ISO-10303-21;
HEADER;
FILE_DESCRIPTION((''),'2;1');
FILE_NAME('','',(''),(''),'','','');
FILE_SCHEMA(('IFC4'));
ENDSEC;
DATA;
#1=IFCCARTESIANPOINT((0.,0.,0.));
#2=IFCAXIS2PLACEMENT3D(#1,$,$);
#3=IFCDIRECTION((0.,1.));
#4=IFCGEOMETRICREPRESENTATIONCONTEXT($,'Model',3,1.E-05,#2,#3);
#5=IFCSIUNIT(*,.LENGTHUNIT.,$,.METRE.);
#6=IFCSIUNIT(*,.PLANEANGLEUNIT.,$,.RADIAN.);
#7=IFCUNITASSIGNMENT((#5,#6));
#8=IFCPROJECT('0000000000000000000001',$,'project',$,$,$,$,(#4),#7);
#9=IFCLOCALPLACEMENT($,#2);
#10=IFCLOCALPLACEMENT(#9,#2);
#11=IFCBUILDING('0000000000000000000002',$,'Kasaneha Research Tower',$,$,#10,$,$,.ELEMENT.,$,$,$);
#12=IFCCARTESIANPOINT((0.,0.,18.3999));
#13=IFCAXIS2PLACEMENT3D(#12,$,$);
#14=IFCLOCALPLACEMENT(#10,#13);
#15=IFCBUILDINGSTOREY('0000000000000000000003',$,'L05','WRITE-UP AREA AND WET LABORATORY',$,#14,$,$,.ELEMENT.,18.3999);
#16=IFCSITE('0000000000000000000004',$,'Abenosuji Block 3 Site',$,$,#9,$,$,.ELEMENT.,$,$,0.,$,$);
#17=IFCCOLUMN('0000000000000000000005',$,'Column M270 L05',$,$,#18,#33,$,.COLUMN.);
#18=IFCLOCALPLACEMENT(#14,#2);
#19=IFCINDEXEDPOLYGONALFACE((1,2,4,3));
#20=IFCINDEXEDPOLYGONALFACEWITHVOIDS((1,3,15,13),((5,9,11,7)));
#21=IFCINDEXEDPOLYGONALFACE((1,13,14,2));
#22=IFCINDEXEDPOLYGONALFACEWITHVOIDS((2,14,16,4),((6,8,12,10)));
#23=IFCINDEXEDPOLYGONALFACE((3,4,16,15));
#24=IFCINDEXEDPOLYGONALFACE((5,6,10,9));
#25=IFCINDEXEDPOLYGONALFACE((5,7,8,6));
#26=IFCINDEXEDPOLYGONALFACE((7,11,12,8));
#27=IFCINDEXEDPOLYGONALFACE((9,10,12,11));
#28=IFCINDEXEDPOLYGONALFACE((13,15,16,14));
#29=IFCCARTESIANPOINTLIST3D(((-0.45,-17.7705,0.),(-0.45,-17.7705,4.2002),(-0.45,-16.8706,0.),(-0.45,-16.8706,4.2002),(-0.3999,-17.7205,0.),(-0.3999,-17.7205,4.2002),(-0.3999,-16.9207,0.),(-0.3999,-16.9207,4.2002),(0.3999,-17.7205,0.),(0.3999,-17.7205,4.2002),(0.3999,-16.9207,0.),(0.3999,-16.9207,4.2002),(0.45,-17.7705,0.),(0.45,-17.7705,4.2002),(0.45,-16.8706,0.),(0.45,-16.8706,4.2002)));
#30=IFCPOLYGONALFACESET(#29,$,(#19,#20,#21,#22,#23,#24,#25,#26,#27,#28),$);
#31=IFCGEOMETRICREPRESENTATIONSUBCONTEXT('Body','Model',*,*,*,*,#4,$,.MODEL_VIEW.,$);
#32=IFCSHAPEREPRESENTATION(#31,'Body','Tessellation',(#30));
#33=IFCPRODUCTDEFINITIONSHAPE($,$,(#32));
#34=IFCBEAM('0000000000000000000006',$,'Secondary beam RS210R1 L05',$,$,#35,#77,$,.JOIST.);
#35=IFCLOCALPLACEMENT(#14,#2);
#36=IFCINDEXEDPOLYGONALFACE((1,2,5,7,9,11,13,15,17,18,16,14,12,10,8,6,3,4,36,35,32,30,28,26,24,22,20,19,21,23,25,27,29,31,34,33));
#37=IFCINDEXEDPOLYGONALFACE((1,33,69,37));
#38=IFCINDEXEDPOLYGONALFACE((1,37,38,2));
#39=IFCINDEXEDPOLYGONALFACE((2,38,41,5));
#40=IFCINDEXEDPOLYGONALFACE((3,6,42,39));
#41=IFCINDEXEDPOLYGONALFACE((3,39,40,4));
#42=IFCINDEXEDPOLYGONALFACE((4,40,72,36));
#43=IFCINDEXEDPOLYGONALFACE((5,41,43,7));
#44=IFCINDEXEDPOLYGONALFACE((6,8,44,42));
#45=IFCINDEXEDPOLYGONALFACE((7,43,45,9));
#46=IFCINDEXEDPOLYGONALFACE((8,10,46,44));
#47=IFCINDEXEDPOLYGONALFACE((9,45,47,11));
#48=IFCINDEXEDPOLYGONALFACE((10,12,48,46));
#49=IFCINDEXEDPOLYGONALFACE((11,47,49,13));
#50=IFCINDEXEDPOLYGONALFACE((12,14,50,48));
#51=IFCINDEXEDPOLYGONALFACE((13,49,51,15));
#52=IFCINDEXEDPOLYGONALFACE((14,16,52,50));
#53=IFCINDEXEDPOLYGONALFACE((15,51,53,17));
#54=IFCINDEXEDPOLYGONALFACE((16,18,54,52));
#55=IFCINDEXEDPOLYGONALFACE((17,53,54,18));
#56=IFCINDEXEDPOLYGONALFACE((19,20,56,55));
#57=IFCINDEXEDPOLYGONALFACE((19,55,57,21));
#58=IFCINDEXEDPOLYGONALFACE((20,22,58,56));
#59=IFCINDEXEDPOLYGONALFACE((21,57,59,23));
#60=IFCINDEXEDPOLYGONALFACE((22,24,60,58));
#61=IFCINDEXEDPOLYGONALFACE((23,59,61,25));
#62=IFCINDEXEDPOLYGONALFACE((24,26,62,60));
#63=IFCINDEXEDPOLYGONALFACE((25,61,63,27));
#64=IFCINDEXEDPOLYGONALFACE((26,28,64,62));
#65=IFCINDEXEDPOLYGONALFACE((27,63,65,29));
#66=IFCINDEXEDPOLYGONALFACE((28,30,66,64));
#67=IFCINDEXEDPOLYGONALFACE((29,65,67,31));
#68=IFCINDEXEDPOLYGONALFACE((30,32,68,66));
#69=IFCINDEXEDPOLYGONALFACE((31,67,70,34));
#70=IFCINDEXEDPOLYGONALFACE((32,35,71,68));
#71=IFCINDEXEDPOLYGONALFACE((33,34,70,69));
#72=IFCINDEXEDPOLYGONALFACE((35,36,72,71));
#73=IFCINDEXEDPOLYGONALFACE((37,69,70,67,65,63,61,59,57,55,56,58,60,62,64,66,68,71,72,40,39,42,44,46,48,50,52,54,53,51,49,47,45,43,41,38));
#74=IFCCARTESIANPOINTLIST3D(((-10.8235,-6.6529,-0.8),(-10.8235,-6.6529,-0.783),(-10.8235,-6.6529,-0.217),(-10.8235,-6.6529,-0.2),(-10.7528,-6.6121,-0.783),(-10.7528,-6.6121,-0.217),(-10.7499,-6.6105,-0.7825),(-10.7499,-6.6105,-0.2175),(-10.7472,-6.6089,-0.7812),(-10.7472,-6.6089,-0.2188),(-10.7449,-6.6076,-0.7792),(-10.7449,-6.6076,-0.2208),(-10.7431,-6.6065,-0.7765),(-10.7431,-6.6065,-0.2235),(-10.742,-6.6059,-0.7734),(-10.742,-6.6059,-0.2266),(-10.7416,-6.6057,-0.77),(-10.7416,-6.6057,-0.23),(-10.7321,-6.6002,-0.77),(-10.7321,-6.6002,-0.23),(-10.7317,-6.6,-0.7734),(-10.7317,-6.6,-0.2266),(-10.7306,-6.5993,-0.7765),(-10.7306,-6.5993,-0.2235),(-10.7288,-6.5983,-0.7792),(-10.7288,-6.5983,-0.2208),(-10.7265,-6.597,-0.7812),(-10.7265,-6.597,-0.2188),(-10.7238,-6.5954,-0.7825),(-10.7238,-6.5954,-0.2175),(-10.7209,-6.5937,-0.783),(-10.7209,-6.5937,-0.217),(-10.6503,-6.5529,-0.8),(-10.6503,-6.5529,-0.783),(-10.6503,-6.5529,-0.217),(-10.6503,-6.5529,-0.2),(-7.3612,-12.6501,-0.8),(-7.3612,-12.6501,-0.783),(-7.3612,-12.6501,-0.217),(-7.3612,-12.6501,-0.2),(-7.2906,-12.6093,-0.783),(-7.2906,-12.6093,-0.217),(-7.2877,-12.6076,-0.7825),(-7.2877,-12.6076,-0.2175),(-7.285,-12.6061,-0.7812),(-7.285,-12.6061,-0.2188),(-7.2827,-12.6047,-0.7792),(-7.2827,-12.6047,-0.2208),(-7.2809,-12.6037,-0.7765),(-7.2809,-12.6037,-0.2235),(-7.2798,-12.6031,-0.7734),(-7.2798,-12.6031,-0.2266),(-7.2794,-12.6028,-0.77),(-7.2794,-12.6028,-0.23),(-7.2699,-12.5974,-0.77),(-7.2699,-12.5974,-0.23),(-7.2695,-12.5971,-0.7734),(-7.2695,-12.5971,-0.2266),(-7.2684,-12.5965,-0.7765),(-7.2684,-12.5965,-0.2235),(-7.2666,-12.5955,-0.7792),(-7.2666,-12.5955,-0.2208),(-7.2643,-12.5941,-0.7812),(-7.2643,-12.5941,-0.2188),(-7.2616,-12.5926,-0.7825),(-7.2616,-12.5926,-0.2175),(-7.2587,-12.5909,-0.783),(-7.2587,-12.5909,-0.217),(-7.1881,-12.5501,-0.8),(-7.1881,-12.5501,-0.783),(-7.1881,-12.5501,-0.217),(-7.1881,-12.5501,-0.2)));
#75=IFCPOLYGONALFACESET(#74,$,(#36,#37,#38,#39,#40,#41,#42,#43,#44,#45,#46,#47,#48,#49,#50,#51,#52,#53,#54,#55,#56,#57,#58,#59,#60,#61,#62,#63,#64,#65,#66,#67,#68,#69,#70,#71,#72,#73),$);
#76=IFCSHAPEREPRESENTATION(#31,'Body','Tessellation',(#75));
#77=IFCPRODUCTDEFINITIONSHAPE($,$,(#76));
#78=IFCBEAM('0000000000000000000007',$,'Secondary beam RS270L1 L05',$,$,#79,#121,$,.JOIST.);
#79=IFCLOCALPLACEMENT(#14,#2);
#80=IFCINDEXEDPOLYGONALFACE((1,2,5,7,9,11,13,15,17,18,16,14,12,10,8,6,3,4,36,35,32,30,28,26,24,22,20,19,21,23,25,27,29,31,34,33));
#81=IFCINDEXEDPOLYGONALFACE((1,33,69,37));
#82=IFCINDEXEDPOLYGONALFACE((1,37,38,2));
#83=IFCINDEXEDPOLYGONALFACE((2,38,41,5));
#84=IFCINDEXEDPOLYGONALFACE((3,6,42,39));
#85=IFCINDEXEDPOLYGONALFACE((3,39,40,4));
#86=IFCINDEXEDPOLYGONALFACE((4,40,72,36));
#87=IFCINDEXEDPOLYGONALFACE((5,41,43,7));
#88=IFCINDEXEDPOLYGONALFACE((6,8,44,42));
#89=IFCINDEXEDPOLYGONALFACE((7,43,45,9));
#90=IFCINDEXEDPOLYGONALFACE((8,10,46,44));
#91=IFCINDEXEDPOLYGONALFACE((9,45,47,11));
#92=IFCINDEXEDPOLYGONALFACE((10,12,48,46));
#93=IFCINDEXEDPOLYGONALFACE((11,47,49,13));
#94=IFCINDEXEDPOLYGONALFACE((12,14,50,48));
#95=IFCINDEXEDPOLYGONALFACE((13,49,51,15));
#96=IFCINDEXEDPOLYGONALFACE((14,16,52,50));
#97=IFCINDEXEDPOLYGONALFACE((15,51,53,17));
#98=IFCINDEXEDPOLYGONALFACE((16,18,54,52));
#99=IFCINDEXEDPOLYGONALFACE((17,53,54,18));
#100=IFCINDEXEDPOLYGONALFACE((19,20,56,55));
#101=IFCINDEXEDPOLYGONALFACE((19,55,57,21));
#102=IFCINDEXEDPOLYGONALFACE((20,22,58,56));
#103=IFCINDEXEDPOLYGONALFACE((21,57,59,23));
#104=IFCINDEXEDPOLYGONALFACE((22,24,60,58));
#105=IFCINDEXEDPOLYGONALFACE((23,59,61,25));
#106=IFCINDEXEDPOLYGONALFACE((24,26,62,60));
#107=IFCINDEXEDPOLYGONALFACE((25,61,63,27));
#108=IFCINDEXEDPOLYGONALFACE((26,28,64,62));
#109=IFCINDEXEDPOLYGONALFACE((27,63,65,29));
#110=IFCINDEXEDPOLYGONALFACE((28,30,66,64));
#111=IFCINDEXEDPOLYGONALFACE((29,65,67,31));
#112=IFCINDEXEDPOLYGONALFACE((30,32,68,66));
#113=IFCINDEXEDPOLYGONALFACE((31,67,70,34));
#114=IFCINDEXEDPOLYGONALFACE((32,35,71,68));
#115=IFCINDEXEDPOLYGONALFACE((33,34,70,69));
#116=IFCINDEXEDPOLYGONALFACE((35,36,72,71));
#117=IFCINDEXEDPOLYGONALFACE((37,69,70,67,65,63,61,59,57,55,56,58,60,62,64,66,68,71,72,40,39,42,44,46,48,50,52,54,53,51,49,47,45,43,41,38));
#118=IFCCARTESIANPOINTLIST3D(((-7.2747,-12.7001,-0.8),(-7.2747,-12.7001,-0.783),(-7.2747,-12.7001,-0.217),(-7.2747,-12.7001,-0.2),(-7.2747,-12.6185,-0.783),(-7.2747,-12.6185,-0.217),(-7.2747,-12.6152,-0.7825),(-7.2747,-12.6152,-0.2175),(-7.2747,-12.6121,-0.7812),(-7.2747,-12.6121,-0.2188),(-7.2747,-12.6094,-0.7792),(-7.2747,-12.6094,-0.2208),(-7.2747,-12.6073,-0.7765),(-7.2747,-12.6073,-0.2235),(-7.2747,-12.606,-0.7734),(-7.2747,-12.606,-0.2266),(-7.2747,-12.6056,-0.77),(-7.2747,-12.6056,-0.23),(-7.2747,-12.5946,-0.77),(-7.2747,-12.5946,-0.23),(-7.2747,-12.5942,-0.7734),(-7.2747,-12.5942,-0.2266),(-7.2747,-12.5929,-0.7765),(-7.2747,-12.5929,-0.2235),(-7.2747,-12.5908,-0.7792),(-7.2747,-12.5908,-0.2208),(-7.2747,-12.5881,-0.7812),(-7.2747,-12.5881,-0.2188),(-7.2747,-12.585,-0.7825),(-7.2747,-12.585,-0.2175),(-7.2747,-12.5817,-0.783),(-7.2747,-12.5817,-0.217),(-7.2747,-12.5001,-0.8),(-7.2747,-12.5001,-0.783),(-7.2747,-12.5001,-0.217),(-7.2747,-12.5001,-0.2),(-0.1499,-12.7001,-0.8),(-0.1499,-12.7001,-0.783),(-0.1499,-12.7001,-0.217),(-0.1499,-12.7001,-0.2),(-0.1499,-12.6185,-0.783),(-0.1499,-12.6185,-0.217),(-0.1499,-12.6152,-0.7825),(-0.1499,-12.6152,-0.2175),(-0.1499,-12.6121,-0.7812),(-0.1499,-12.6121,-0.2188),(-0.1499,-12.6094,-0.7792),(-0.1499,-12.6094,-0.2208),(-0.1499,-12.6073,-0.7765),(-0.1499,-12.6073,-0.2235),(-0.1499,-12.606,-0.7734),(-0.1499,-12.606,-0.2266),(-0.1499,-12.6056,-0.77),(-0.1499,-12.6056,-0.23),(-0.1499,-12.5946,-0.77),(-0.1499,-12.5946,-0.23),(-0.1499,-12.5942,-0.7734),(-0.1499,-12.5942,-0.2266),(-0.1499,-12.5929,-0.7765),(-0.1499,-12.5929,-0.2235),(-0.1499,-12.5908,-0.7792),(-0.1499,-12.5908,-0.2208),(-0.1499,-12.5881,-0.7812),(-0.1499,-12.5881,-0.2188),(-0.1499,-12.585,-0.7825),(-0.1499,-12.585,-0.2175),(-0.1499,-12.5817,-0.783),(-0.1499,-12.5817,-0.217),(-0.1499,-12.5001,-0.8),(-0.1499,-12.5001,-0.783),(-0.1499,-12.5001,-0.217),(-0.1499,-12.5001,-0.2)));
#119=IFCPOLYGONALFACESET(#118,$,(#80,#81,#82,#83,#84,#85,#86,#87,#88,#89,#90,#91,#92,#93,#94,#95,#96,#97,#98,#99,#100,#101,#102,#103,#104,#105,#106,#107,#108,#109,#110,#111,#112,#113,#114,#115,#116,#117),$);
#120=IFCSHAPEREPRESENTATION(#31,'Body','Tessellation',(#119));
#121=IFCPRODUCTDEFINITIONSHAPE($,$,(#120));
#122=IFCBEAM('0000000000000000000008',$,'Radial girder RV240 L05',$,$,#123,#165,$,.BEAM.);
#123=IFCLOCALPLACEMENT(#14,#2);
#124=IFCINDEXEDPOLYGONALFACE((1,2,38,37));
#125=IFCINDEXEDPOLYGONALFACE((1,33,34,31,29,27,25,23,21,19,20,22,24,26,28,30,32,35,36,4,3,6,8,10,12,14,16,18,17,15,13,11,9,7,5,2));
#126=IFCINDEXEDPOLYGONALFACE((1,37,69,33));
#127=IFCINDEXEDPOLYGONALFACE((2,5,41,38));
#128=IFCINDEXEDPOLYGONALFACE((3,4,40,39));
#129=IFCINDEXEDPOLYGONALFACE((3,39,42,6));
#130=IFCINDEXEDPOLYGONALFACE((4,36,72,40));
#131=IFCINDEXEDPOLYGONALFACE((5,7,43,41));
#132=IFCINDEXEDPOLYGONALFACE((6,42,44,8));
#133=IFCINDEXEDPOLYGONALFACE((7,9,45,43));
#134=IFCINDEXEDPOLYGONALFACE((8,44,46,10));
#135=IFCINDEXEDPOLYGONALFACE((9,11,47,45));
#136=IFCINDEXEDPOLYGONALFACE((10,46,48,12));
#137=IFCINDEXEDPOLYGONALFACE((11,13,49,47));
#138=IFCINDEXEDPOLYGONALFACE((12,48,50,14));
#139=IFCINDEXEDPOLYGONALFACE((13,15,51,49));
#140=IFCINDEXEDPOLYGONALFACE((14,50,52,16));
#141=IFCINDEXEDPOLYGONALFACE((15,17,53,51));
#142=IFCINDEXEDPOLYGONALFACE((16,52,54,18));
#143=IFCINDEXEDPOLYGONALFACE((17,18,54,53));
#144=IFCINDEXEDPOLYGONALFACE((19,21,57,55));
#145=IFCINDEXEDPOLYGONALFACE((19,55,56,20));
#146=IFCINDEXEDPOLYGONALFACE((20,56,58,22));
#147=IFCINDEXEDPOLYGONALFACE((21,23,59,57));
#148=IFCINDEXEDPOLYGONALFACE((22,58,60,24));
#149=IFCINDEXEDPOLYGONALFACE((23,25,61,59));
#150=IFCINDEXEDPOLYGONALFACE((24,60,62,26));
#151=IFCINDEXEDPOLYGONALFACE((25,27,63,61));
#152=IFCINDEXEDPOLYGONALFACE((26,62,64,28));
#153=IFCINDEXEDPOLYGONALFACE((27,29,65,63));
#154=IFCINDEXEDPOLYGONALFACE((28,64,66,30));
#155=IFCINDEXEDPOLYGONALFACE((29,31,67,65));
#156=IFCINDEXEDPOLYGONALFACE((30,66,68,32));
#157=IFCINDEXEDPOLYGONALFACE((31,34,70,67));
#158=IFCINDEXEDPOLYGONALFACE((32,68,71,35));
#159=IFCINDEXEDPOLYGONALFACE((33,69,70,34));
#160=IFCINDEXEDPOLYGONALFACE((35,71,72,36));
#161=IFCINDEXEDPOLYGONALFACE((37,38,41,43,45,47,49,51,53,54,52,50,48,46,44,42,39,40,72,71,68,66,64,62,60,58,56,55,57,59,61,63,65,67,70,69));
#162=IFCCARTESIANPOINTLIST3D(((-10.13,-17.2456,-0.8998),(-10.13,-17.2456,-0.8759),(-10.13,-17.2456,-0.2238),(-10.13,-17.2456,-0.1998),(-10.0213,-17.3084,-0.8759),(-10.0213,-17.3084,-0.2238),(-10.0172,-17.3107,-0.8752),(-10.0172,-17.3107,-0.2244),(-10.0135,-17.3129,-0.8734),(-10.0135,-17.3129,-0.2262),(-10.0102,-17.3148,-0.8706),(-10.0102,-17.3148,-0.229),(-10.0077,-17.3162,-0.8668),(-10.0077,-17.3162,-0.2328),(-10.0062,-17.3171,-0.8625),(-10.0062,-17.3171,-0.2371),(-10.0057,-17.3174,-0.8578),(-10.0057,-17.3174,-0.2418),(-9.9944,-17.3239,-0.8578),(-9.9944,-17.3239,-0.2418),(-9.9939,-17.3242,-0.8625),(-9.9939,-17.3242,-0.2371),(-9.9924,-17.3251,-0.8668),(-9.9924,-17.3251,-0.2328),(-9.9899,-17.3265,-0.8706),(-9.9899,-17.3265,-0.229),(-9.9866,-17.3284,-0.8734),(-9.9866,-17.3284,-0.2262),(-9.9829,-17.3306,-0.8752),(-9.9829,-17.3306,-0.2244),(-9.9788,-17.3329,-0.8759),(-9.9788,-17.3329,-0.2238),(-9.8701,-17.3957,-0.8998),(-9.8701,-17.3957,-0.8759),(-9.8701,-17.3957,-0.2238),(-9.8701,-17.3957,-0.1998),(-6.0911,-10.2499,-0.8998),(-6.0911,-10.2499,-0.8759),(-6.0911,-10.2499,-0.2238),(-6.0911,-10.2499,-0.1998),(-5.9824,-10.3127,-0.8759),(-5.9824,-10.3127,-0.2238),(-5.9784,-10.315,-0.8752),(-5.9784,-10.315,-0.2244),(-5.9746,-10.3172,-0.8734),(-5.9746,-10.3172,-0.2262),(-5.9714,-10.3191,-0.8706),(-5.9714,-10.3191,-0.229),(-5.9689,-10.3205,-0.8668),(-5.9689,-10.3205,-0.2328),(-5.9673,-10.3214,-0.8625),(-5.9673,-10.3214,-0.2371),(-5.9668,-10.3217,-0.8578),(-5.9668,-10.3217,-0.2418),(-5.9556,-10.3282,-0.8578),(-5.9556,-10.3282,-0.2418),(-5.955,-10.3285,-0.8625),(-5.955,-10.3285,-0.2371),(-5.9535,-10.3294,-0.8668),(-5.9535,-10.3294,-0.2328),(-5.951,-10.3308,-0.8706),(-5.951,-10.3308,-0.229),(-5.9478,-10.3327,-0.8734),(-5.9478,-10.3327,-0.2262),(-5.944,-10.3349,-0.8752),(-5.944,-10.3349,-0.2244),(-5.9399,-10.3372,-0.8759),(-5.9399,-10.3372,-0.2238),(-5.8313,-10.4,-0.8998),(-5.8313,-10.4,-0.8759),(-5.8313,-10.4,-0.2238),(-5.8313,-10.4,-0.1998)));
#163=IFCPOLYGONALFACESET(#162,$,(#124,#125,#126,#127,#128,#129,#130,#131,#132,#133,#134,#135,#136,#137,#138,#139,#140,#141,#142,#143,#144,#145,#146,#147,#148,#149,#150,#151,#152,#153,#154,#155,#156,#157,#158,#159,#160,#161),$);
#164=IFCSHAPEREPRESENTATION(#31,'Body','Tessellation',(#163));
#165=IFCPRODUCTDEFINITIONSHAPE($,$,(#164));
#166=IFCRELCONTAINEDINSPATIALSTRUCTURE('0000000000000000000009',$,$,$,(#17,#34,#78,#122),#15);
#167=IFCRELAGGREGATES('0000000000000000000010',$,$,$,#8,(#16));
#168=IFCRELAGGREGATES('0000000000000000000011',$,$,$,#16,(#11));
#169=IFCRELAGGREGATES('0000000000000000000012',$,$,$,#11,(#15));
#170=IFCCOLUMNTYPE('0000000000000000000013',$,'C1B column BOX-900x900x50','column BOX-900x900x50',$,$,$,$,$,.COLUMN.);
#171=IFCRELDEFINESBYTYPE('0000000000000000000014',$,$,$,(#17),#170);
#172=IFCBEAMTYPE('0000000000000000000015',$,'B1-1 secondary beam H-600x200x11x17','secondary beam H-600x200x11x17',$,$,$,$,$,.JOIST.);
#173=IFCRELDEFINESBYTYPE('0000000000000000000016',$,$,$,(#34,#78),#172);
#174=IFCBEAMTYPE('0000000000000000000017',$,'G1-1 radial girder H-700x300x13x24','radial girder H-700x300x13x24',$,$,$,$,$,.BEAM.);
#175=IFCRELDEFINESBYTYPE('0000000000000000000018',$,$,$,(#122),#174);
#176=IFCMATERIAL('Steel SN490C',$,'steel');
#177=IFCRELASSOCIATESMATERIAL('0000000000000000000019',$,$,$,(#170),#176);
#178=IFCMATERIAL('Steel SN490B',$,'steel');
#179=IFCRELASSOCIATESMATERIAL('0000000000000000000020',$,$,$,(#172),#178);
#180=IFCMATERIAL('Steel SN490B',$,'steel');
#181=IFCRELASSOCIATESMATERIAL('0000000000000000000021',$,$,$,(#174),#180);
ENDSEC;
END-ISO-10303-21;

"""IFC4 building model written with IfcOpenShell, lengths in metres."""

from ifc_helpers import new_model, si_unit, direction, frame, origin, origin_2d, place, context, subcontext, project, spatial, hollow_rectangle, i_section, extrude, material, material_profile, profile_set, type_object, element, save


model = new_model("IFC4")

# Units and contexts
model_context = context("Model", 3, precision=1e-05, world=origin(), true_north=direction((0.0, 1.0)))
body_context = subcontext(model_context, "Body", "Model", "MODEL_VIEW")
ifc_project = project(units=[si_unit("LENGTHUNIT", "METRE"), si_unit("PLANEANGLEUNIT", "RADIAN")], contexts=[model_context])

# Site, building, storey
site_placement = place(None, origin())
site = spatial("IfcSite", under=ifc_project, at=site_placement, Name="Abenosuji Block 3 Site", CompositionType="ELEMENT", RefElevation=0.0)
building_placement = place(site_placement, origin())
building = spatial("IfcBuilding", under=site, at=building_placement, Name="Kasaneha Research Tower", CompositionType="ELEMENT")
storey_placement = place(building_placement, frame((0.0, 0.0, 18.3999)))
storey = spatial("IfcBuildingStorey", under=building, at=storey_placement, Name="L05", Description="WRITE-UP AREA AND WET LABORATORY", CompositionType="ELEMENT", Elevation=18.3999)

# Column
ifc_material_1 = material(Name="Steel SN490C", Category="steel")
ifc_material_profile_1 = material_profile(ifc_material_1, hollow_rectangle(XDim=0.8999, YDim=0.8999, WallThickness=0.05, at=origin_2d()), Name="BOX-900x900x50")
ifc_profile_set_1 = profile_set([ifc_material_profile_1], Name="Steel SN490C")
column_type = type_object("IfcColumnType", Name="C1B column BOX-900x900x50", Description="column BOX-900x900x50", PredefinedType="COLUMN", material=ifc_profile_set_1)
column_placement = place(storey_placement, frame((0.0, -17.3206, 0.0), z_axis=(0.0, 0.0, 1.0), x_axis=(1.0, 0.0, 0.0)))
element("IfcColumn", 1, at=column_placement, inside=storey, type_object=column_type, Name="Column M270 L05", PredefinedType="COLUMN", context=body_context, shape_type="SweptSolid", body=[
    extrude(hollow_rectangle(XDim=0.8999, YDim=0.8999, WallThickness=0.05, at=origin_2d()), origin(), (0.0, 0.0, 1.0), 4.2002),
])

# Beams
ifc_material_2 = material(Name="Steel SN490B", Category="steel")
ifc_material_profile_2 = material_profile(ifc_material_2, i_section(OverallWidth=0.2, OverallDepth=0.6001, WebThickness=0.011, FlangeThickness=0.0171, FilletRadius=0.0129, at=origin_2d()), Name="H-600x200x11x17")
ifc_profile_set_2 = profile_set([ifc_material_profile_2], Name="Steel SN490B")
beam_type_1 = type_object("IfcBeamType", Name="B1-1 secondary beam H-600x200x11x17", Description="secondary beam H-600x200x11x17", PredefinedType="JOIST", material=ifc_profile_set_2)
beam_1_placement = place(storey_placement, frame((-7.2747, -12.6001, -0.5), z_axis=(-0.499973, 0.866041, 0.0), x_axis=(-0.866041, -0.499973, 0.0)))
element("IfcBeam", 2, at=beam_1_placement, inside=storey, type_object=beam_type_1, Name="Secondary beam RS210R1 L05", PredefinedType="JOIST", context=body_context, shape_type="SweptSolid", body=[
    extrude(i_section(OverallWidth=0.2, OverallDepth=0.6001, WebThickness=0.011, FlangeThickness=0.0171, FilletRadius=0.0129, at=origin_2d()), origin(), (0.0, 0.0, 1.0), 6.9248),
])
beam_2_placement = place(storey_placement, frame((-7.2747, -12.6001, -0.5), z_axis=(1.0, 0.0, 0.0), x_axis=(0.0, 1.0, 0.0)))
element("IfcBeam", 3, at=beam_2_placement, inside=storey, type_object=beam_type_1, Name="Secondary beam RS270L1 L05", PredefinedType="JOIST", context=body_context, shape_type="SweptSolid", body=[
    extrude(i_section(OverallWidth=0.2, OverallDepth=0.6001, WebThickness=0.011, FlangeThickness=0.0171, FilletRadius=0.0129, at=origin_2d()), origin(), (0.0, 0.0, 1.0), 7.1248),
])
ifc_material_3 = material(Name="Steel SN490B", Category="steel")
ifc_material_profile_3 = material_profile(ifc_material_3, i_section(OverallWidth=0.3, OverallDepth=0.7, WebThickness=0.0129, FlangeThickness=0.0239, FilletRadius=0.0181, at=origin_2d()), Name="H-700x300x13x24")
ifc_profile_set_3 = profile_set([ifc_material_profile_3], Name="Steel SN490B")
beam_type_2 = type_object("IfcBeamType", Name="G1-1 radial girder H-700x300x13x24", Description="radial girder H-700x300x13x24", PredefinedType="BEAM", material=ifc_profile_set_3)
beam_3_placement = place(storey_placement, frame((-5.9612, -10.325, -0.5498), z_axis=(-0.499991, -0.866031, 0.0), x_axis=(0.866031, -0.499991, 0.0)))
element("IfcBeam", 4, at=beam_3_placement, inside=storey, type_object=beam_type_2, Name="Radial girder RV240 L05", PredefinedType="BEAM", context=body_context, shape_type="SweptSolid", body=[
    extrude(i_section(OverallWidth=0.3, OverallDepth=0.7, WebThickness=0.0129, FlangeThickness=0.0239, FilletRadius=0.0181, at=origin_2d()), origin(), (0.0, 0.0, 1.0), 8.0779),
])

save(model, "model.ifc")
